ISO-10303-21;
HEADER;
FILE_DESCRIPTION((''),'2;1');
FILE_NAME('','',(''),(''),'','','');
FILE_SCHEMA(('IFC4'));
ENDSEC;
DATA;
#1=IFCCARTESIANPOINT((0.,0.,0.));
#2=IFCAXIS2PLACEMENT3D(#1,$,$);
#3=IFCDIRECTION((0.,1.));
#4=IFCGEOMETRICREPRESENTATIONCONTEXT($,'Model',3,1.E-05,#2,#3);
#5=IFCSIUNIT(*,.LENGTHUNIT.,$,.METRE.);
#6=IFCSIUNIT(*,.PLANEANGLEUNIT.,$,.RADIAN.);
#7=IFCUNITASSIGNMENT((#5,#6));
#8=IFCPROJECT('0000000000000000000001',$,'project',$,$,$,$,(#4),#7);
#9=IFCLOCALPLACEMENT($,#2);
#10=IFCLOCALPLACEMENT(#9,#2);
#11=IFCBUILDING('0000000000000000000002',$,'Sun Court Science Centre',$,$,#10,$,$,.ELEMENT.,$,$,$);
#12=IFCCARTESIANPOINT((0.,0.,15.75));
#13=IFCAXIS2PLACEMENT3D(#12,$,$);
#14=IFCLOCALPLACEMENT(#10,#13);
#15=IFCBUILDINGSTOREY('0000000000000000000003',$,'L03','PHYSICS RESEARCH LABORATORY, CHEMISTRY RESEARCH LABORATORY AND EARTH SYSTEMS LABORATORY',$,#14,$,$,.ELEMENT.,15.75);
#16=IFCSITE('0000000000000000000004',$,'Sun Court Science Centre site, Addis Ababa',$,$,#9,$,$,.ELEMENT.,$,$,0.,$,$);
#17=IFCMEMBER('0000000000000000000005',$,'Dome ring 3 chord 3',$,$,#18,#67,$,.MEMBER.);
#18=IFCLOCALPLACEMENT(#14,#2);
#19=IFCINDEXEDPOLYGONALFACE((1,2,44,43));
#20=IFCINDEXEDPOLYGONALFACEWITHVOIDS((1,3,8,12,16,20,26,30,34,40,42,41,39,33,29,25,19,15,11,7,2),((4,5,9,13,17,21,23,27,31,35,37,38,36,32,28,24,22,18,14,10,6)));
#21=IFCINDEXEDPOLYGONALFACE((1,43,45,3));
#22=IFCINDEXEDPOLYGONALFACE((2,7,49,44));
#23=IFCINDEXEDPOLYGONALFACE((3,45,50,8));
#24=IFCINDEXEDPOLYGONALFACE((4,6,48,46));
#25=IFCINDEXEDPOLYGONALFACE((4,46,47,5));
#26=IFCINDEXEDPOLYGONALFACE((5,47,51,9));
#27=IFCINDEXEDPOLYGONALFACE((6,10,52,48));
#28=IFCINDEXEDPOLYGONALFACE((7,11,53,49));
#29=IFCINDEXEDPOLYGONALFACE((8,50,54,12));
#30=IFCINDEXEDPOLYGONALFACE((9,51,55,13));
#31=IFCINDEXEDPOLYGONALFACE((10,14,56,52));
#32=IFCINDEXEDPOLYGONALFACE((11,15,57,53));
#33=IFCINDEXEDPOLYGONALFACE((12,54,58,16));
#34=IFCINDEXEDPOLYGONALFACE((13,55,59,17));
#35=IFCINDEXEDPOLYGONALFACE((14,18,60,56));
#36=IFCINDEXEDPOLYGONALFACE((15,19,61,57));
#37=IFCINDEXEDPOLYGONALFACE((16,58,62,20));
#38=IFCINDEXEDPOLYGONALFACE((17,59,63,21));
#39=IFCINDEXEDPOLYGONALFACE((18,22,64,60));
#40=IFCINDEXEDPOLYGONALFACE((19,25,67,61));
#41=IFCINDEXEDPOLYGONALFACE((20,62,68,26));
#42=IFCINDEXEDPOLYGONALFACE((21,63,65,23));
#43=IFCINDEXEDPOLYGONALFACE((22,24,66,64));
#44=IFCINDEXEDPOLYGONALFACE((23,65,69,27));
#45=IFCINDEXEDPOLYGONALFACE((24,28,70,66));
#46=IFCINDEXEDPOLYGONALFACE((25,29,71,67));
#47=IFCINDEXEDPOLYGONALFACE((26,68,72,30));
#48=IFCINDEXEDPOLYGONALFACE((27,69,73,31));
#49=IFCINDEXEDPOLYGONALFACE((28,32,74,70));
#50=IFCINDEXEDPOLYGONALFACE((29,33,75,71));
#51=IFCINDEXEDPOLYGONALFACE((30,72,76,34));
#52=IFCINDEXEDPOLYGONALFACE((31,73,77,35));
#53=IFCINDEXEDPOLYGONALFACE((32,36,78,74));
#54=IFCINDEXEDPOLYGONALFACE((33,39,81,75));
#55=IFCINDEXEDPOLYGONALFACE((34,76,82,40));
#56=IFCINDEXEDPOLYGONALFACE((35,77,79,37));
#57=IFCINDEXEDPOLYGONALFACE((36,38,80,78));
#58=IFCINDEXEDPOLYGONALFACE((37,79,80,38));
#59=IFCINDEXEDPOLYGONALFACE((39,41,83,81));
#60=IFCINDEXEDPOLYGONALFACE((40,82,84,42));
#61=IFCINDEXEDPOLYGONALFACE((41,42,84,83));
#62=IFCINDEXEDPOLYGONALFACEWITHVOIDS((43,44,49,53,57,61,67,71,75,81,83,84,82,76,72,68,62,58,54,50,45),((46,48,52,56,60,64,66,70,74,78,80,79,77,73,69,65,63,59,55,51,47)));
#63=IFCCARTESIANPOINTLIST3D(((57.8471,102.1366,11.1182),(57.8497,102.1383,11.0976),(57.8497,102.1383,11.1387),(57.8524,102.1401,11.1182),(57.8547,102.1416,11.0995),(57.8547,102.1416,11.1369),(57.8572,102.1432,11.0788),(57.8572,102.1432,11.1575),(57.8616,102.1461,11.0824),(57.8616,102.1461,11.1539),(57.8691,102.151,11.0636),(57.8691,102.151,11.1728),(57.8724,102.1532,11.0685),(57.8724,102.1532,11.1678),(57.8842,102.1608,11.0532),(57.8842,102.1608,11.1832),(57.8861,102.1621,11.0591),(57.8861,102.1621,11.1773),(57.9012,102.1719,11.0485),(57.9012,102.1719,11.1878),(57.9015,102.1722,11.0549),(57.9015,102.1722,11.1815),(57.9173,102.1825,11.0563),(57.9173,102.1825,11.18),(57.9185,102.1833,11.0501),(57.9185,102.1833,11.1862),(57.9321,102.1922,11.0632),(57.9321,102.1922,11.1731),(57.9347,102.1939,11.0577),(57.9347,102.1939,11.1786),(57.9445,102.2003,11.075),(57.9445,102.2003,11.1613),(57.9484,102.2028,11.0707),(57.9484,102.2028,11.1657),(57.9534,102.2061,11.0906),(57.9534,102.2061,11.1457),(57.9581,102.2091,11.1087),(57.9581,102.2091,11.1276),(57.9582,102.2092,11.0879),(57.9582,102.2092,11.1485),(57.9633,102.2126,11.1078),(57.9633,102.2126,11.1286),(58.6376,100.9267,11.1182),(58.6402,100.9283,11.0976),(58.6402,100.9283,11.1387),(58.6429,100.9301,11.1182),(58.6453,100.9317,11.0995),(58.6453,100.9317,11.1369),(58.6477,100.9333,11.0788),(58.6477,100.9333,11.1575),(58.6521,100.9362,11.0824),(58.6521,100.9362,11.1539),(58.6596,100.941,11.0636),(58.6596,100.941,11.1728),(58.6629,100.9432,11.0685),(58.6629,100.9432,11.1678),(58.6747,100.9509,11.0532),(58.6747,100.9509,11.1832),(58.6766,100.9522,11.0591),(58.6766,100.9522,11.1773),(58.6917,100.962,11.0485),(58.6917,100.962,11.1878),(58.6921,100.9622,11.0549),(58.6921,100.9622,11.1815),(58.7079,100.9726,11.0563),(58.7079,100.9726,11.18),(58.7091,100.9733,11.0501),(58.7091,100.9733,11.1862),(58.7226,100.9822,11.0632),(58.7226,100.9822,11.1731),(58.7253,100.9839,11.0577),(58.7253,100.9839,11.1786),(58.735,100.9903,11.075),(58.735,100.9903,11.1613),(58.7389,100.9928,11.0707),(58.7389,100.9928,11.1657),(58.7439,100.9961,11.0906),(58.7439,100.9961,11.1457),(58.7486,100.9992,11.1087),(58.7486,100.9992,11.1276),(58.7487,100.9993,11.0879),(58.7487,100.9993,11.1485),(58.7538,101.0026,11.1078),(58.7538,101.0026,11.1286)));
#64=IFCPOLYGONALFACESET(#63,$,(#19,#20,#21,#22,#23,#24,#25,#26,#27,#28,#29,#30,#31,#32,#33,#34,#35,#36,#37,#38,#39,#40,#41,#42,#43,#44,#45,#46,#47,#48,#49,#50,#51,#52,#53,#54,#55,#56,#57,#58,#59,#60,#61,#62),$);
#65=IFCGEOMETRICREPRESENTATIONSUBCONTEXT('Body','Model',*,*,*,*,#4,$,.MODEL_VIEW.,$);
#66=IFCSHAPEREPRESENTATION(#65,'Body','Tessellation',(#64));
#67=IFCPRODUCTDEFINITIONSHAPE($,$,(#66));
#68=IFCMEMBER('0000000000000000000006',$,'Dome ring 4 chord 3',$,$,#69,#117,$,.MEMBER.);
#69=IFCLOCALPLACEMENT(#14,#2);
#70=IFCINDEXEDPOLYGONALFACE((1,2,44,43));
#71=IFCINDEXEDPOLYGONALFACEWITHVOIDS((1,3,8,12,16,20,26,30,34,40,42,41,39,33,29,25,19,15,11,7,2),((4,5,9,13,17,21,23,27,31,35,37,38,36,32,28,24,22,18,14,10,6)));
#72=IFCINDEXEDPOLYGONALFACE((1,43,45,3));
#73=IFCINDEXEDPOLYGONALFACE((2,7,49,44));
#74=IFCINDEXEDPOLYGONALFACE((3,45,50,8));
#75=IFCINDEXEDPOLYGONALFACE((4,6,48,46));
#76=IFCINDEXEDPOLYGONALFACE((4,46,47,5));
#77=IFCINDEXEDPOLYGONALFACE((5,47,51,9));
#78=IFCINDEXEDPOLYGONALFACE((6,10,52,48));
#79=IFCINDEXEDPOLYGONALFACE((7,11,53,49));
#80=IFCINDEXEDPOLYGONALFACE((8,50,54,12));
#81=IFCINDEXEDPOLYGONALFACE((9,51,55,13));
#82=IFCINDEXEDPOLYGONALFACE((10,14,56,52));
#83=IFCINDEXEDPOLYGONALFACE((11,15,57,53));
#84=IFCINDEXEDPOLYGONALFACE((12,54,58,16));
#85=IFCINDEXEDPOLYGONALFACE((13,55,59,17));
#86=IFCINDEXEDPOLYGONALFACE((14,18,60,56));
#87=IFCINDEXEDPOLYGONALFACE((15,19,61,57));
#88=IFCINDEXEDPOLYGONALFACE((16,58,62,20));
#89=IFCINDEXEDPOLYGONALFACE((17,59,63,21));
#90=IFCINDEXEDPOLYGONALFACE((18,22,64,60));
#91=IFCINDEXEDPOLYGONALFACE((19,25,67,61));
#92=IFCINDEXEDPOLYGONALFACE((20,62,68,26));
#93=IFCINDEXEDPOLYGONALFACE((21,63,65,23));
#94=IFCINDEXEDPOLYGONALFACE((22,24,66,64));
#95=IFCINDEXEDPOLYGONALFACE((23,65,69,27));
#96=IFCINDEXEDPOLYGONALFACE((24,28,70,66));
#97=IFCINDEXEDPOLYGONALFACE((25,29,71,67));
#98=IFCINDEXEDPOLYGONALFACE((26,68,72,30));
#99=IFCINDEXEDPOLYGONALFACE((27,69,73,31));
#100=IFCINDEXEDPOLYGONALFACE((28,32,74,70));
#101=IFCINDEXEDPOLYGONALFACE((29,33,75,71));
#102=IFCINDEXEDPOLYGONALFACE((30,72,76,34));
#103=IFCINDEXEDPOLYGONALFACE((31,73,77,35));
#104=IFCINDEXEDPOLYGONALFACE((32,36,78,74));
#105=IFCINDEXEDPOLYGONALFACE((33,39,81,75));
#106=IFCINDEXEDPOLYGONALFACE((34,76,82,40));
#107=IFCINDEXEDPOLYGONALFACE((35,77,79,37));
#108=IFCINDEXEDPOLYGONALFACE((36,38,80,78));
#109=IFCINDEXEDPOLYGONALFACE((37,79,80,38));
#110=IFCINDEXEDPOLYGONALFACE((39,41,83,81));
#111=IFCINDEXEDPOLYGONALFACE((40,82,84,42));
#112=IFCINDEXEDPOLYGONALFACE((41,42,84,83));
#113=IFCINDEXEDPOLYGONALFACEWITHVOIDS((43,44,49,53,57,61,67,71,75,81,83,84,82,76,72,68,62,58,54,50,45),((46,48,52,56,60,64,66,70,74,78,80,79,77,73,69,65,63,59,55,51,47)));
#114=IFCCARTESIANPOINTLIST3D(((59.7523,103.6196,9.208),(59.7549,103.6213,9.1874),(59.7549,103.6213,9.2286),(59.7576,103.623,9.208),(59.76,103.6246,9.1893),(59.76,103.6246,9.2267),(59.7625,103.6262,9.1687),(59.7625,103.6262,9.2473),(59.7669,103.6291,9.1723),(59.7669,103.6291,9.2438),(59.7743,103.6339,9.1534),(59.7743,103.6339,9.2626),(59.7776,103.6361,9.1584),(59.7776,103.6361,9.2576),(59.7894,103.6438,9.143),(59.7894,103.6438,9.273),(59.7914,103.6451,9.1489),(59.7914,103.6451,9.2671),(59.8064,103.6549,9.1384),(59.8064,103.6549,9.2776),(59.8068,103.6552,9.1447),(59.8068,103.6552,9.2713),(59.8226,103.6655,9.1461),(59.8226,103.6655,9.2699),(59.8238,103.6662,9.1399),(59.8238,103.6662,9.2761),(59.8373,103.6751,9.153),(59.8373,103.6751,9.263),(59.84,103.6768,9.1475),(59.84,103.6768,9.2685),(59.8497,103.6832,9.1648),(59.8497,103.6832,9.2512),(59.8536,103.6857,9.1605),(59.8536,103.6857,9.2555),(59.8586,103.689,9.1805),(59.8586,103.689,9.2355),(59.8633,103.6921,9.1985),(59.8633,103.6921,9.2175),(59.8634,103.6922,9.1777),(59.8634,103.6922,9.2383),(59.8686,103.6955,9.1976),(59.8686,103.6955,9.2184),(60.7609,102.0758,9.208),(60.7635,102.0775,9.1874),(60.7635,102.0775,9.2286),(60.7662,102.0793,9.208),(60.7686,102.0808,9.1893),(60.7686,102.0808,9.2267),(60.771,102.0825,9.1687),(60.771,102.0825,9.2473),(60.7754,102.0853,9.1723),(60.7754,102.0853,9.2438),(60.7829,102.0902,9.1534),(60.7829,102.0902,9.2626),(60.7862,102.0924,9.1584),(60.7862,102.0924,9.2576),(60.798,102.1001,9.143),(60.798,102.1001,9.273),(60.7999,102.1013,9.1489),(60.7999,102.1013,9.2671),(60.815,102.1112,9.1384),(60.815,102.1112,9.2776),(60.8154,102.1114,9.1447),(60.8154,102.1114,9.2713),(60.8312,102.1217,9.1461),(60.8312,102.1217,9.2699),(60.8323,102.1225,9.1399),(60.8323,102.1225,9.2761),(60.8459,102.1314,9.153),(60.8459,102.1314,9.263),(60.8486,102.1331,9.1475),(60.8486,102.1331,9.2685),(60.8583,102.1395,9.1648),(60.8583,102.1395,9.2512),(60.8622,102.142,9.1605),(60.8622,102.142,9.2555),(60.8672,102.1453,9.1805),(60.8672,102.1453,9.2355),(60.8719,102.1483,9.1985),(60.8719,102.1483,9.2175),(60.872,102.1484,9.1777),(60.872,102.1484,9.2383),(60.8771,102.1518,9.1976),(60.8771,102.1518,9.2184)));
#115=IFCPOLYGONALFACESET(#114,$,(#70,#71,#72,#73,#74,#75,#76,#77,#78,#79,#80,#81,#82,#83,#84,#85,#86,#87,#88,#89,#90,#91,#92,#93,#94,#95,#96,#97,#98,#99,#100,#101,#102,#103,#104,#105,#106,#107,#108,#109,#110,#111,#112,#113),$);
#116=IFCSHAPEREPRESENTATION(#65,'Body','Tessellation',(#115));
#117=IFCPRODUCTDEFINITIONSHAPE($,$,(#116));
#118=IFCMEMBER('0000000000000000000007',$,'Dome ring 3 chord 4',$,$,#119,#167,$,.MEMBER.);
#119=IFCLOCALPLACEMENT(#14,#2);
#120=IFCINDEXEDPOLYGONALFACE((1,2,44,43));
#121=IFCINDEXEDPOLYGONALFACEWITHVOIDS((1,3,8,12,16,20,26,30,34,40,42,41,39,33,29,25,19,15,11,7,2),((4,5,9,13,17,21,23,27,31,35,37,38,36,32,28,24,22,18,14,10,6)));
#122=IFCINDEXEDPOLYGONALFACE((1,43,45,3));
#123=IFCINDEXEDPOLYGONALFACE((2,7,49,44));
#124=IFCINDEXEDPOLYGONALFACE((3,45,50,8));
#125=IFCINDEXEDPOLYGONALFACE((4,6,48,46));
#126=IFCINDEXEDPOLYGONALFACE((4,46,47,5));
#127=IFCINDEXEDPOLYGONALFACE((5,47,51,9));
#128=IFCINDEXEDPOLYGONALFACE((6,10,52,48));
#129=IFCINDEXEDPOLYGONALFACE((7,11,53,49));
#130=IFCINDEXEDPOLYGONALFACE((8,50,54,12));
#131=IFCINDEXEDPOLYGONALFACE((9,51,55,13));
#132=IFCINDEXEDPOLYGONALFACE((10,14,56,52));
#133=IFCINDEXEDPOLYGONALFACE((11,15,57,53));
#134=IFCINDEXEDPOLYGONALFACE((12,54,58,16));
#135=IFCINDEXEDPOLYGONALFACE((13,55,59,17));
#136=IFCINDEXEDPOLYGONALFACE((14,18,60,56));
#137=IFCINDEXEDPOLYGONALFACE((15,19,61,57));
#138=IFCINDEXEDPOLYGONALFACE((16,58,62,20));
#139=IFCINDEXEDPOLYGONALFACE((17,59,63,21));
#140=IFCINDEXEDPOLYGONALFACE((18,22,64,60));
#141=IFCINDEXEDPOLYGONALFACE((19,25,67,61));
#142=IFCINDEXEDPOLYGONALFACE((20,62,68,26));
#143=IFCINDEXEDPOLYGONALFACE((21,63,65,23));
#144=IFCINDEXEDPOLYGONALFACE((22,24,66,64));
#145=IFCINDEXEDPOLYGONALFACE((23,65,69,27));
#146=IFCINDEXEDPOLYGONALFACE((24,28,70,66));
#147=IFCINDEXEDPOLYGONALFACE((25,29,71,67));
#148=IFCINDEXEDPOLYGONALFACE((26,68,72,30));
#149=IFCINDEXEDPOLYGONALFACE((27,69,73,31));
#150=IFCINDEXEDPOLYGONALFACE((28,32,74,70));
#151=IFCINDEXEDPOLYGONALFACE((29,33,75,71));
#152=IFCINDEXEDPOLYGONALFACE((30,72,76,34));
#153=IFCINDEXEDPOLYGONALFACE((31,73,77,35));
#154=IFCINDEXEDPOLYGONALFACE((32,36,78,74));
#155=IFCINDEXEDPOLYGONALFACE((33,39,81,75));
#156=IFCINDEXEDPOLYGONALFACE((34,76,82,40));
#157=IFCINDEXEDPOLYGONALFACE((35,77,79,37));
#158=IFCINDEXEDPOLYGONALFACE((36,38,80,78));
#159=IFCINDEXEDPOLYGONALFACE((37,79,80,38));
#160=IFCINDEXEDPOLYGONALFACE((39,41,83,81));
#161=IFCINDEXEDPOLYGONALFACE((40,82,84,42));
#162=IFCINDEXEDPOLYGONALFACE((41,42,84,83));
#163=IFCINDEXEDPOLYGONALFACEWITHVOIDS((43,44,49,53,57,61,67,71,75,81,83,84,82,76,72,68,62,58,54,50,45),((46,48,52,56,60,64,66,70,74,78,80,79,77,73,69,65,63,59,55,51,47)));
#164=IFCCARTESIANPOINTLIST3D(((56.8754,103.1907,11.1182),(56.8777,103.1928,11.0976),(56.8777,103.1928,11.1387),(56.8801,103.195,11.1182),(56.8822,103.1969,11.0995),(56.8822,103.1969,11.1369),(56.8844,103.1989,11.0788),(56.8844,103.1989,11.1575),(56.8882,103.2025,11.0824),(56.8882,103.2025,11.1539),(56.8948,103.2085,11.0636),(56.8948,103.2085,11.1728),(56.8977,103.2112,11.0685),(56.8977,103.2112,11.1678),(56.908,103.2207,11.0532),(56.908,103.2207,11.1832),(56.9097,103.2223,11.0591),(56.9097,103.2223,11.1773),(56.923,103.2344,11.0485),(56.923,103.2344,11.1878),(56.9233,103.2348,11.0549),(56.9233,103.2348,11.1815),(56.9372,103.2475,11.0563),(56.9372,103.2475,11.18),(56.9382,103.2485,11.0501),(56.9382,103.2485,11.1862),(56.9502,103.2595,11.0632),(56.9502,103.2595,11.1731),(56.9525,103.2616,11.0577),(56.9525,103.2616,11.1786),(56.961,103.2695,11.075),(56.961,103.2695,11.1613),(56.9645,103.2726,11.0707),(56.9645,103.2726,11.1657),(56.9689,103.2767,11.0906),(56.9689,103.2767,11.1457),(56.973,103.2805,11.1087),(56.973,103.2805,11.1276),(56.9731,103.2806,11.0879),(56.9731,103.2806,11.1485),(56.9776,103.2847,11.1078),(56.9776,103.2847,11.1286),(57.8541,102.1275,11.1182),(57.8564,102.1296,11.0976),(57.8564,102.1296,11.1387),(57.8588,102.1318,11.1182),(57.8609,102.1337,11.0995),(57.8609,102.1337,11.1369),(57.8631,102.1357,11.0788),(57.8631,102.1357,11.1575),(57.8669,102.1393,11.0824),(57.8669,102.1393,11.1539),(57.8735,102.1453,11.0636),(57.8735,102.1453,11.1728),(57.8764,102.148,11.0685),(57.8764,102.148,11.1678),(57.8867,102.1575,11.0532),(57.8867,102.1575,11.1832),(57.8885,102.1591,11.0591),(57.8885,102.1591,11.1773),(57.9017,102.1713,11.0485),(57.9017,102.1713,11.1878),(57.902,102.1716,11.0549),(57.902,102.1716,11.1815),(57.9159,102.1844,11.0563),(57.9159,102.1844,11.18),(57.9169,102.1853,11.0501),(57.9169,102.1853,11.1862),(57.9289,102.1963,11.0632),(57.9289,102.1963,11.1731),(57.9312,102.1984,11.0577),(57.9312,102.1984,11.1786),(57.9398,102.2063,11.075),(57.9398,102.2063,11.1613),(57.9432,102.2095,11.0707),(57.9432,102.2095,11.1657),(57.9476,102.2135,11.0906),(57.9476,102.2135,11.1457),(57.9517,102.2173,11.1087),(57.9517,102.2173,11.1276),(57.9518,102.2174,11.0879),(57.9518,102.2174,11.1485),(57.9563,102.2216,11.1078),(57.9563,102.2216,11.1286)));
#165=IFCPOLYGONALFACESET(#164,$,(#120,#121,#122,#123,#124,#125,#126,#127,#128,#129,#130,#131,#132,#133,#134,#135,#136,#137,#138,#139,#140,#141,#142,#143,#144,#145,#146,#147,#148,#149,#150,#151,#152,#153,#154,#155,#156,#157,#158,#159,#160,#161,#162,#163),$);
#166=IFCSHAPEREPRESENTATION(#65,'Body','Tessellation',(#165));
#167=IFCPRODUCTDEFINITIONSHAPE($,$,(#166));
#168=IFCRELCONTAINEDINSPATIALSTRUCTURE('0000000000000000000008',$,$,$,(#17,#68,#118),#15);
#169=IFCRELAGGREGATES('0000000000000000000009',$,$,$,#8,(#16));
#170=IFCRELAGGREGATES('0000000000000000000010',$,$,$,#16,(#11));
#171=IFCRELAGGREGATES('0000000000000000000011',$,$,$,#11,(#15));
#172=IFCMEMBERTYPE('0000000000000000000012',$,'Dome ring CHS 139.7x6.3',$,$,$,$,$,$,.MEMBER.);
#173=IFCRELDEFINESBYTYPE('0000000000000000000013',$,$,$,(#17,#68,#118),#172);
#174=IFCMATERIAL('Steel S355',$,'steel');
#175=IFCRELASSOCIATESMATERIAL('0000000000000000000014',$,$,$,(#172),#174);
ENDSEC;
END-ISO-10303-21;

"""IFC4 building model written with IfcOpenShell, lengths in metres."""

from ifc_helpers import new_model, si_unit, direction, frame, origin, origin_2d, place, context, subcontext, project, spatial, hollow_circle, extrude, material, material_profile, profile_set, type_object, element, save


model = new_model("IFC4")

# Units and contexts
model_context = context("Model", 3, precision=1e-05, world=origin(), true_north=direction((0.0, 1.0)))
body_context = subcontext(model_context, "Body", "Model", "MODEL_VIEW")
ifc_project = project(units=[si_unit("LENGTHUNIT", "METRE"), si_unit("PLANEANGLEUNIT", "RADIAN")], contexts=[model_context])

# Site, building, storey
site_placement = place(None, origin())
site = spatial("IfcSite", under=ifc_project, at=site_placement, Name="Sun Court Science Centre site, Addis Ababa", CompositionType="ELEMENT", RefElevation=0.0)
building_placement = place(site_placement, origin())
building = spatial("IfcBuilding", under=site, at=building_placement, Name="Sun Court Science Centre", CompositionType="ELEMENT")
storey_placement = place(building_placement, frame((0.0, 0.0, 15.75)))
storey = spatial("IfcBuildingStorey", under=building, at=storey_placement, Name="L03", Description="PHYSICS RESEARCH LABORATORY, CHEMISTRY RESEARCH LABORATORY AND EARTH SYSTEMS LABORATORY", CompositionType="ELEMENT", Elevation=15.75)

# Members
ifc_material_1 = material(Name="Steel S355", Category="steel")
ifc_material_profile_1 = material_profile(ifc_material_1, hollow_circle(Radius=0.0698, WallThickness=0.0063, at=origin_2d()), Name="CHS 139.7x6.3")
ifc_profile_set_1 = profile_set([ifc_material_profile_1], Name="Steel S355")
member_type_1 = type_object("IfcMemberType", Name="Dome ring CHS 139.7x6.3", PredefinedType="MEMBER", material=ifc_profile_set_1)
member_1_placement = place(storey_placement, frame((58.696, 100.9648, 11.1182), z_axis=(-0.546958, 0.83716, 0.0), x_axis=(-0.83716, -0.546958, 0.0)))
element("IfcMember", 1, at=member_1_placement, inside=storey, type_object=member_type_1, Name="Dome ring 3 chord 3", PredefinedType="MEMBER", context=body_context, shape_type="SweptSolid", body=[
    extrude(hollow_circle(Radius=0.0698, WallThickness=0.0063, at=origin_2d()), origin(), (0.0, 0.0, 1.0), 1.4453),
])
member_2_placement = place(storey_placement, frame((60.8193, 102.114, 9.208), z_axis=(-0.546946, 0.837168, 0.0), x_axis=(-0.837168, -0.546946, 0.0)))
element("IfcMember", 2, at=member_2_placement, inside=storey, type_object=member_type_1, Name="Dome ring 4 chord 3", PredefinedType="MEMBER", context=body_context, shape_type="SweptSolid", body=[
    extrude(hollow_circle(Radius=0.0698, WallThickness=0.0063, at=origin_2d()), origin(), (0.0, 0.0, 1.0), 1.844),
])
member_3_placement = place(storey_placement, frame((57.9055, 102.1748, 11.1182), z_axis=(-0.677276, 0.735729, 0.0), x_axis=(-0.735729, -0.677276, 0.0)))
element("IfcMember", 3, at=member_3_placement, inside=storey, type_object=member_type_1, Name="Dome ring 3 chord 4", PredefinedType="MEMBER", context=body_context, shape_type="SweptSolid", body=[
    extrude(hollow_circle(Radius=0.0698, WallThickness=0.0063, at=origin_2d()), origin(), (0.0, 0.0, 1.0), 1.4451),
])

save(model, "model.ifc")
